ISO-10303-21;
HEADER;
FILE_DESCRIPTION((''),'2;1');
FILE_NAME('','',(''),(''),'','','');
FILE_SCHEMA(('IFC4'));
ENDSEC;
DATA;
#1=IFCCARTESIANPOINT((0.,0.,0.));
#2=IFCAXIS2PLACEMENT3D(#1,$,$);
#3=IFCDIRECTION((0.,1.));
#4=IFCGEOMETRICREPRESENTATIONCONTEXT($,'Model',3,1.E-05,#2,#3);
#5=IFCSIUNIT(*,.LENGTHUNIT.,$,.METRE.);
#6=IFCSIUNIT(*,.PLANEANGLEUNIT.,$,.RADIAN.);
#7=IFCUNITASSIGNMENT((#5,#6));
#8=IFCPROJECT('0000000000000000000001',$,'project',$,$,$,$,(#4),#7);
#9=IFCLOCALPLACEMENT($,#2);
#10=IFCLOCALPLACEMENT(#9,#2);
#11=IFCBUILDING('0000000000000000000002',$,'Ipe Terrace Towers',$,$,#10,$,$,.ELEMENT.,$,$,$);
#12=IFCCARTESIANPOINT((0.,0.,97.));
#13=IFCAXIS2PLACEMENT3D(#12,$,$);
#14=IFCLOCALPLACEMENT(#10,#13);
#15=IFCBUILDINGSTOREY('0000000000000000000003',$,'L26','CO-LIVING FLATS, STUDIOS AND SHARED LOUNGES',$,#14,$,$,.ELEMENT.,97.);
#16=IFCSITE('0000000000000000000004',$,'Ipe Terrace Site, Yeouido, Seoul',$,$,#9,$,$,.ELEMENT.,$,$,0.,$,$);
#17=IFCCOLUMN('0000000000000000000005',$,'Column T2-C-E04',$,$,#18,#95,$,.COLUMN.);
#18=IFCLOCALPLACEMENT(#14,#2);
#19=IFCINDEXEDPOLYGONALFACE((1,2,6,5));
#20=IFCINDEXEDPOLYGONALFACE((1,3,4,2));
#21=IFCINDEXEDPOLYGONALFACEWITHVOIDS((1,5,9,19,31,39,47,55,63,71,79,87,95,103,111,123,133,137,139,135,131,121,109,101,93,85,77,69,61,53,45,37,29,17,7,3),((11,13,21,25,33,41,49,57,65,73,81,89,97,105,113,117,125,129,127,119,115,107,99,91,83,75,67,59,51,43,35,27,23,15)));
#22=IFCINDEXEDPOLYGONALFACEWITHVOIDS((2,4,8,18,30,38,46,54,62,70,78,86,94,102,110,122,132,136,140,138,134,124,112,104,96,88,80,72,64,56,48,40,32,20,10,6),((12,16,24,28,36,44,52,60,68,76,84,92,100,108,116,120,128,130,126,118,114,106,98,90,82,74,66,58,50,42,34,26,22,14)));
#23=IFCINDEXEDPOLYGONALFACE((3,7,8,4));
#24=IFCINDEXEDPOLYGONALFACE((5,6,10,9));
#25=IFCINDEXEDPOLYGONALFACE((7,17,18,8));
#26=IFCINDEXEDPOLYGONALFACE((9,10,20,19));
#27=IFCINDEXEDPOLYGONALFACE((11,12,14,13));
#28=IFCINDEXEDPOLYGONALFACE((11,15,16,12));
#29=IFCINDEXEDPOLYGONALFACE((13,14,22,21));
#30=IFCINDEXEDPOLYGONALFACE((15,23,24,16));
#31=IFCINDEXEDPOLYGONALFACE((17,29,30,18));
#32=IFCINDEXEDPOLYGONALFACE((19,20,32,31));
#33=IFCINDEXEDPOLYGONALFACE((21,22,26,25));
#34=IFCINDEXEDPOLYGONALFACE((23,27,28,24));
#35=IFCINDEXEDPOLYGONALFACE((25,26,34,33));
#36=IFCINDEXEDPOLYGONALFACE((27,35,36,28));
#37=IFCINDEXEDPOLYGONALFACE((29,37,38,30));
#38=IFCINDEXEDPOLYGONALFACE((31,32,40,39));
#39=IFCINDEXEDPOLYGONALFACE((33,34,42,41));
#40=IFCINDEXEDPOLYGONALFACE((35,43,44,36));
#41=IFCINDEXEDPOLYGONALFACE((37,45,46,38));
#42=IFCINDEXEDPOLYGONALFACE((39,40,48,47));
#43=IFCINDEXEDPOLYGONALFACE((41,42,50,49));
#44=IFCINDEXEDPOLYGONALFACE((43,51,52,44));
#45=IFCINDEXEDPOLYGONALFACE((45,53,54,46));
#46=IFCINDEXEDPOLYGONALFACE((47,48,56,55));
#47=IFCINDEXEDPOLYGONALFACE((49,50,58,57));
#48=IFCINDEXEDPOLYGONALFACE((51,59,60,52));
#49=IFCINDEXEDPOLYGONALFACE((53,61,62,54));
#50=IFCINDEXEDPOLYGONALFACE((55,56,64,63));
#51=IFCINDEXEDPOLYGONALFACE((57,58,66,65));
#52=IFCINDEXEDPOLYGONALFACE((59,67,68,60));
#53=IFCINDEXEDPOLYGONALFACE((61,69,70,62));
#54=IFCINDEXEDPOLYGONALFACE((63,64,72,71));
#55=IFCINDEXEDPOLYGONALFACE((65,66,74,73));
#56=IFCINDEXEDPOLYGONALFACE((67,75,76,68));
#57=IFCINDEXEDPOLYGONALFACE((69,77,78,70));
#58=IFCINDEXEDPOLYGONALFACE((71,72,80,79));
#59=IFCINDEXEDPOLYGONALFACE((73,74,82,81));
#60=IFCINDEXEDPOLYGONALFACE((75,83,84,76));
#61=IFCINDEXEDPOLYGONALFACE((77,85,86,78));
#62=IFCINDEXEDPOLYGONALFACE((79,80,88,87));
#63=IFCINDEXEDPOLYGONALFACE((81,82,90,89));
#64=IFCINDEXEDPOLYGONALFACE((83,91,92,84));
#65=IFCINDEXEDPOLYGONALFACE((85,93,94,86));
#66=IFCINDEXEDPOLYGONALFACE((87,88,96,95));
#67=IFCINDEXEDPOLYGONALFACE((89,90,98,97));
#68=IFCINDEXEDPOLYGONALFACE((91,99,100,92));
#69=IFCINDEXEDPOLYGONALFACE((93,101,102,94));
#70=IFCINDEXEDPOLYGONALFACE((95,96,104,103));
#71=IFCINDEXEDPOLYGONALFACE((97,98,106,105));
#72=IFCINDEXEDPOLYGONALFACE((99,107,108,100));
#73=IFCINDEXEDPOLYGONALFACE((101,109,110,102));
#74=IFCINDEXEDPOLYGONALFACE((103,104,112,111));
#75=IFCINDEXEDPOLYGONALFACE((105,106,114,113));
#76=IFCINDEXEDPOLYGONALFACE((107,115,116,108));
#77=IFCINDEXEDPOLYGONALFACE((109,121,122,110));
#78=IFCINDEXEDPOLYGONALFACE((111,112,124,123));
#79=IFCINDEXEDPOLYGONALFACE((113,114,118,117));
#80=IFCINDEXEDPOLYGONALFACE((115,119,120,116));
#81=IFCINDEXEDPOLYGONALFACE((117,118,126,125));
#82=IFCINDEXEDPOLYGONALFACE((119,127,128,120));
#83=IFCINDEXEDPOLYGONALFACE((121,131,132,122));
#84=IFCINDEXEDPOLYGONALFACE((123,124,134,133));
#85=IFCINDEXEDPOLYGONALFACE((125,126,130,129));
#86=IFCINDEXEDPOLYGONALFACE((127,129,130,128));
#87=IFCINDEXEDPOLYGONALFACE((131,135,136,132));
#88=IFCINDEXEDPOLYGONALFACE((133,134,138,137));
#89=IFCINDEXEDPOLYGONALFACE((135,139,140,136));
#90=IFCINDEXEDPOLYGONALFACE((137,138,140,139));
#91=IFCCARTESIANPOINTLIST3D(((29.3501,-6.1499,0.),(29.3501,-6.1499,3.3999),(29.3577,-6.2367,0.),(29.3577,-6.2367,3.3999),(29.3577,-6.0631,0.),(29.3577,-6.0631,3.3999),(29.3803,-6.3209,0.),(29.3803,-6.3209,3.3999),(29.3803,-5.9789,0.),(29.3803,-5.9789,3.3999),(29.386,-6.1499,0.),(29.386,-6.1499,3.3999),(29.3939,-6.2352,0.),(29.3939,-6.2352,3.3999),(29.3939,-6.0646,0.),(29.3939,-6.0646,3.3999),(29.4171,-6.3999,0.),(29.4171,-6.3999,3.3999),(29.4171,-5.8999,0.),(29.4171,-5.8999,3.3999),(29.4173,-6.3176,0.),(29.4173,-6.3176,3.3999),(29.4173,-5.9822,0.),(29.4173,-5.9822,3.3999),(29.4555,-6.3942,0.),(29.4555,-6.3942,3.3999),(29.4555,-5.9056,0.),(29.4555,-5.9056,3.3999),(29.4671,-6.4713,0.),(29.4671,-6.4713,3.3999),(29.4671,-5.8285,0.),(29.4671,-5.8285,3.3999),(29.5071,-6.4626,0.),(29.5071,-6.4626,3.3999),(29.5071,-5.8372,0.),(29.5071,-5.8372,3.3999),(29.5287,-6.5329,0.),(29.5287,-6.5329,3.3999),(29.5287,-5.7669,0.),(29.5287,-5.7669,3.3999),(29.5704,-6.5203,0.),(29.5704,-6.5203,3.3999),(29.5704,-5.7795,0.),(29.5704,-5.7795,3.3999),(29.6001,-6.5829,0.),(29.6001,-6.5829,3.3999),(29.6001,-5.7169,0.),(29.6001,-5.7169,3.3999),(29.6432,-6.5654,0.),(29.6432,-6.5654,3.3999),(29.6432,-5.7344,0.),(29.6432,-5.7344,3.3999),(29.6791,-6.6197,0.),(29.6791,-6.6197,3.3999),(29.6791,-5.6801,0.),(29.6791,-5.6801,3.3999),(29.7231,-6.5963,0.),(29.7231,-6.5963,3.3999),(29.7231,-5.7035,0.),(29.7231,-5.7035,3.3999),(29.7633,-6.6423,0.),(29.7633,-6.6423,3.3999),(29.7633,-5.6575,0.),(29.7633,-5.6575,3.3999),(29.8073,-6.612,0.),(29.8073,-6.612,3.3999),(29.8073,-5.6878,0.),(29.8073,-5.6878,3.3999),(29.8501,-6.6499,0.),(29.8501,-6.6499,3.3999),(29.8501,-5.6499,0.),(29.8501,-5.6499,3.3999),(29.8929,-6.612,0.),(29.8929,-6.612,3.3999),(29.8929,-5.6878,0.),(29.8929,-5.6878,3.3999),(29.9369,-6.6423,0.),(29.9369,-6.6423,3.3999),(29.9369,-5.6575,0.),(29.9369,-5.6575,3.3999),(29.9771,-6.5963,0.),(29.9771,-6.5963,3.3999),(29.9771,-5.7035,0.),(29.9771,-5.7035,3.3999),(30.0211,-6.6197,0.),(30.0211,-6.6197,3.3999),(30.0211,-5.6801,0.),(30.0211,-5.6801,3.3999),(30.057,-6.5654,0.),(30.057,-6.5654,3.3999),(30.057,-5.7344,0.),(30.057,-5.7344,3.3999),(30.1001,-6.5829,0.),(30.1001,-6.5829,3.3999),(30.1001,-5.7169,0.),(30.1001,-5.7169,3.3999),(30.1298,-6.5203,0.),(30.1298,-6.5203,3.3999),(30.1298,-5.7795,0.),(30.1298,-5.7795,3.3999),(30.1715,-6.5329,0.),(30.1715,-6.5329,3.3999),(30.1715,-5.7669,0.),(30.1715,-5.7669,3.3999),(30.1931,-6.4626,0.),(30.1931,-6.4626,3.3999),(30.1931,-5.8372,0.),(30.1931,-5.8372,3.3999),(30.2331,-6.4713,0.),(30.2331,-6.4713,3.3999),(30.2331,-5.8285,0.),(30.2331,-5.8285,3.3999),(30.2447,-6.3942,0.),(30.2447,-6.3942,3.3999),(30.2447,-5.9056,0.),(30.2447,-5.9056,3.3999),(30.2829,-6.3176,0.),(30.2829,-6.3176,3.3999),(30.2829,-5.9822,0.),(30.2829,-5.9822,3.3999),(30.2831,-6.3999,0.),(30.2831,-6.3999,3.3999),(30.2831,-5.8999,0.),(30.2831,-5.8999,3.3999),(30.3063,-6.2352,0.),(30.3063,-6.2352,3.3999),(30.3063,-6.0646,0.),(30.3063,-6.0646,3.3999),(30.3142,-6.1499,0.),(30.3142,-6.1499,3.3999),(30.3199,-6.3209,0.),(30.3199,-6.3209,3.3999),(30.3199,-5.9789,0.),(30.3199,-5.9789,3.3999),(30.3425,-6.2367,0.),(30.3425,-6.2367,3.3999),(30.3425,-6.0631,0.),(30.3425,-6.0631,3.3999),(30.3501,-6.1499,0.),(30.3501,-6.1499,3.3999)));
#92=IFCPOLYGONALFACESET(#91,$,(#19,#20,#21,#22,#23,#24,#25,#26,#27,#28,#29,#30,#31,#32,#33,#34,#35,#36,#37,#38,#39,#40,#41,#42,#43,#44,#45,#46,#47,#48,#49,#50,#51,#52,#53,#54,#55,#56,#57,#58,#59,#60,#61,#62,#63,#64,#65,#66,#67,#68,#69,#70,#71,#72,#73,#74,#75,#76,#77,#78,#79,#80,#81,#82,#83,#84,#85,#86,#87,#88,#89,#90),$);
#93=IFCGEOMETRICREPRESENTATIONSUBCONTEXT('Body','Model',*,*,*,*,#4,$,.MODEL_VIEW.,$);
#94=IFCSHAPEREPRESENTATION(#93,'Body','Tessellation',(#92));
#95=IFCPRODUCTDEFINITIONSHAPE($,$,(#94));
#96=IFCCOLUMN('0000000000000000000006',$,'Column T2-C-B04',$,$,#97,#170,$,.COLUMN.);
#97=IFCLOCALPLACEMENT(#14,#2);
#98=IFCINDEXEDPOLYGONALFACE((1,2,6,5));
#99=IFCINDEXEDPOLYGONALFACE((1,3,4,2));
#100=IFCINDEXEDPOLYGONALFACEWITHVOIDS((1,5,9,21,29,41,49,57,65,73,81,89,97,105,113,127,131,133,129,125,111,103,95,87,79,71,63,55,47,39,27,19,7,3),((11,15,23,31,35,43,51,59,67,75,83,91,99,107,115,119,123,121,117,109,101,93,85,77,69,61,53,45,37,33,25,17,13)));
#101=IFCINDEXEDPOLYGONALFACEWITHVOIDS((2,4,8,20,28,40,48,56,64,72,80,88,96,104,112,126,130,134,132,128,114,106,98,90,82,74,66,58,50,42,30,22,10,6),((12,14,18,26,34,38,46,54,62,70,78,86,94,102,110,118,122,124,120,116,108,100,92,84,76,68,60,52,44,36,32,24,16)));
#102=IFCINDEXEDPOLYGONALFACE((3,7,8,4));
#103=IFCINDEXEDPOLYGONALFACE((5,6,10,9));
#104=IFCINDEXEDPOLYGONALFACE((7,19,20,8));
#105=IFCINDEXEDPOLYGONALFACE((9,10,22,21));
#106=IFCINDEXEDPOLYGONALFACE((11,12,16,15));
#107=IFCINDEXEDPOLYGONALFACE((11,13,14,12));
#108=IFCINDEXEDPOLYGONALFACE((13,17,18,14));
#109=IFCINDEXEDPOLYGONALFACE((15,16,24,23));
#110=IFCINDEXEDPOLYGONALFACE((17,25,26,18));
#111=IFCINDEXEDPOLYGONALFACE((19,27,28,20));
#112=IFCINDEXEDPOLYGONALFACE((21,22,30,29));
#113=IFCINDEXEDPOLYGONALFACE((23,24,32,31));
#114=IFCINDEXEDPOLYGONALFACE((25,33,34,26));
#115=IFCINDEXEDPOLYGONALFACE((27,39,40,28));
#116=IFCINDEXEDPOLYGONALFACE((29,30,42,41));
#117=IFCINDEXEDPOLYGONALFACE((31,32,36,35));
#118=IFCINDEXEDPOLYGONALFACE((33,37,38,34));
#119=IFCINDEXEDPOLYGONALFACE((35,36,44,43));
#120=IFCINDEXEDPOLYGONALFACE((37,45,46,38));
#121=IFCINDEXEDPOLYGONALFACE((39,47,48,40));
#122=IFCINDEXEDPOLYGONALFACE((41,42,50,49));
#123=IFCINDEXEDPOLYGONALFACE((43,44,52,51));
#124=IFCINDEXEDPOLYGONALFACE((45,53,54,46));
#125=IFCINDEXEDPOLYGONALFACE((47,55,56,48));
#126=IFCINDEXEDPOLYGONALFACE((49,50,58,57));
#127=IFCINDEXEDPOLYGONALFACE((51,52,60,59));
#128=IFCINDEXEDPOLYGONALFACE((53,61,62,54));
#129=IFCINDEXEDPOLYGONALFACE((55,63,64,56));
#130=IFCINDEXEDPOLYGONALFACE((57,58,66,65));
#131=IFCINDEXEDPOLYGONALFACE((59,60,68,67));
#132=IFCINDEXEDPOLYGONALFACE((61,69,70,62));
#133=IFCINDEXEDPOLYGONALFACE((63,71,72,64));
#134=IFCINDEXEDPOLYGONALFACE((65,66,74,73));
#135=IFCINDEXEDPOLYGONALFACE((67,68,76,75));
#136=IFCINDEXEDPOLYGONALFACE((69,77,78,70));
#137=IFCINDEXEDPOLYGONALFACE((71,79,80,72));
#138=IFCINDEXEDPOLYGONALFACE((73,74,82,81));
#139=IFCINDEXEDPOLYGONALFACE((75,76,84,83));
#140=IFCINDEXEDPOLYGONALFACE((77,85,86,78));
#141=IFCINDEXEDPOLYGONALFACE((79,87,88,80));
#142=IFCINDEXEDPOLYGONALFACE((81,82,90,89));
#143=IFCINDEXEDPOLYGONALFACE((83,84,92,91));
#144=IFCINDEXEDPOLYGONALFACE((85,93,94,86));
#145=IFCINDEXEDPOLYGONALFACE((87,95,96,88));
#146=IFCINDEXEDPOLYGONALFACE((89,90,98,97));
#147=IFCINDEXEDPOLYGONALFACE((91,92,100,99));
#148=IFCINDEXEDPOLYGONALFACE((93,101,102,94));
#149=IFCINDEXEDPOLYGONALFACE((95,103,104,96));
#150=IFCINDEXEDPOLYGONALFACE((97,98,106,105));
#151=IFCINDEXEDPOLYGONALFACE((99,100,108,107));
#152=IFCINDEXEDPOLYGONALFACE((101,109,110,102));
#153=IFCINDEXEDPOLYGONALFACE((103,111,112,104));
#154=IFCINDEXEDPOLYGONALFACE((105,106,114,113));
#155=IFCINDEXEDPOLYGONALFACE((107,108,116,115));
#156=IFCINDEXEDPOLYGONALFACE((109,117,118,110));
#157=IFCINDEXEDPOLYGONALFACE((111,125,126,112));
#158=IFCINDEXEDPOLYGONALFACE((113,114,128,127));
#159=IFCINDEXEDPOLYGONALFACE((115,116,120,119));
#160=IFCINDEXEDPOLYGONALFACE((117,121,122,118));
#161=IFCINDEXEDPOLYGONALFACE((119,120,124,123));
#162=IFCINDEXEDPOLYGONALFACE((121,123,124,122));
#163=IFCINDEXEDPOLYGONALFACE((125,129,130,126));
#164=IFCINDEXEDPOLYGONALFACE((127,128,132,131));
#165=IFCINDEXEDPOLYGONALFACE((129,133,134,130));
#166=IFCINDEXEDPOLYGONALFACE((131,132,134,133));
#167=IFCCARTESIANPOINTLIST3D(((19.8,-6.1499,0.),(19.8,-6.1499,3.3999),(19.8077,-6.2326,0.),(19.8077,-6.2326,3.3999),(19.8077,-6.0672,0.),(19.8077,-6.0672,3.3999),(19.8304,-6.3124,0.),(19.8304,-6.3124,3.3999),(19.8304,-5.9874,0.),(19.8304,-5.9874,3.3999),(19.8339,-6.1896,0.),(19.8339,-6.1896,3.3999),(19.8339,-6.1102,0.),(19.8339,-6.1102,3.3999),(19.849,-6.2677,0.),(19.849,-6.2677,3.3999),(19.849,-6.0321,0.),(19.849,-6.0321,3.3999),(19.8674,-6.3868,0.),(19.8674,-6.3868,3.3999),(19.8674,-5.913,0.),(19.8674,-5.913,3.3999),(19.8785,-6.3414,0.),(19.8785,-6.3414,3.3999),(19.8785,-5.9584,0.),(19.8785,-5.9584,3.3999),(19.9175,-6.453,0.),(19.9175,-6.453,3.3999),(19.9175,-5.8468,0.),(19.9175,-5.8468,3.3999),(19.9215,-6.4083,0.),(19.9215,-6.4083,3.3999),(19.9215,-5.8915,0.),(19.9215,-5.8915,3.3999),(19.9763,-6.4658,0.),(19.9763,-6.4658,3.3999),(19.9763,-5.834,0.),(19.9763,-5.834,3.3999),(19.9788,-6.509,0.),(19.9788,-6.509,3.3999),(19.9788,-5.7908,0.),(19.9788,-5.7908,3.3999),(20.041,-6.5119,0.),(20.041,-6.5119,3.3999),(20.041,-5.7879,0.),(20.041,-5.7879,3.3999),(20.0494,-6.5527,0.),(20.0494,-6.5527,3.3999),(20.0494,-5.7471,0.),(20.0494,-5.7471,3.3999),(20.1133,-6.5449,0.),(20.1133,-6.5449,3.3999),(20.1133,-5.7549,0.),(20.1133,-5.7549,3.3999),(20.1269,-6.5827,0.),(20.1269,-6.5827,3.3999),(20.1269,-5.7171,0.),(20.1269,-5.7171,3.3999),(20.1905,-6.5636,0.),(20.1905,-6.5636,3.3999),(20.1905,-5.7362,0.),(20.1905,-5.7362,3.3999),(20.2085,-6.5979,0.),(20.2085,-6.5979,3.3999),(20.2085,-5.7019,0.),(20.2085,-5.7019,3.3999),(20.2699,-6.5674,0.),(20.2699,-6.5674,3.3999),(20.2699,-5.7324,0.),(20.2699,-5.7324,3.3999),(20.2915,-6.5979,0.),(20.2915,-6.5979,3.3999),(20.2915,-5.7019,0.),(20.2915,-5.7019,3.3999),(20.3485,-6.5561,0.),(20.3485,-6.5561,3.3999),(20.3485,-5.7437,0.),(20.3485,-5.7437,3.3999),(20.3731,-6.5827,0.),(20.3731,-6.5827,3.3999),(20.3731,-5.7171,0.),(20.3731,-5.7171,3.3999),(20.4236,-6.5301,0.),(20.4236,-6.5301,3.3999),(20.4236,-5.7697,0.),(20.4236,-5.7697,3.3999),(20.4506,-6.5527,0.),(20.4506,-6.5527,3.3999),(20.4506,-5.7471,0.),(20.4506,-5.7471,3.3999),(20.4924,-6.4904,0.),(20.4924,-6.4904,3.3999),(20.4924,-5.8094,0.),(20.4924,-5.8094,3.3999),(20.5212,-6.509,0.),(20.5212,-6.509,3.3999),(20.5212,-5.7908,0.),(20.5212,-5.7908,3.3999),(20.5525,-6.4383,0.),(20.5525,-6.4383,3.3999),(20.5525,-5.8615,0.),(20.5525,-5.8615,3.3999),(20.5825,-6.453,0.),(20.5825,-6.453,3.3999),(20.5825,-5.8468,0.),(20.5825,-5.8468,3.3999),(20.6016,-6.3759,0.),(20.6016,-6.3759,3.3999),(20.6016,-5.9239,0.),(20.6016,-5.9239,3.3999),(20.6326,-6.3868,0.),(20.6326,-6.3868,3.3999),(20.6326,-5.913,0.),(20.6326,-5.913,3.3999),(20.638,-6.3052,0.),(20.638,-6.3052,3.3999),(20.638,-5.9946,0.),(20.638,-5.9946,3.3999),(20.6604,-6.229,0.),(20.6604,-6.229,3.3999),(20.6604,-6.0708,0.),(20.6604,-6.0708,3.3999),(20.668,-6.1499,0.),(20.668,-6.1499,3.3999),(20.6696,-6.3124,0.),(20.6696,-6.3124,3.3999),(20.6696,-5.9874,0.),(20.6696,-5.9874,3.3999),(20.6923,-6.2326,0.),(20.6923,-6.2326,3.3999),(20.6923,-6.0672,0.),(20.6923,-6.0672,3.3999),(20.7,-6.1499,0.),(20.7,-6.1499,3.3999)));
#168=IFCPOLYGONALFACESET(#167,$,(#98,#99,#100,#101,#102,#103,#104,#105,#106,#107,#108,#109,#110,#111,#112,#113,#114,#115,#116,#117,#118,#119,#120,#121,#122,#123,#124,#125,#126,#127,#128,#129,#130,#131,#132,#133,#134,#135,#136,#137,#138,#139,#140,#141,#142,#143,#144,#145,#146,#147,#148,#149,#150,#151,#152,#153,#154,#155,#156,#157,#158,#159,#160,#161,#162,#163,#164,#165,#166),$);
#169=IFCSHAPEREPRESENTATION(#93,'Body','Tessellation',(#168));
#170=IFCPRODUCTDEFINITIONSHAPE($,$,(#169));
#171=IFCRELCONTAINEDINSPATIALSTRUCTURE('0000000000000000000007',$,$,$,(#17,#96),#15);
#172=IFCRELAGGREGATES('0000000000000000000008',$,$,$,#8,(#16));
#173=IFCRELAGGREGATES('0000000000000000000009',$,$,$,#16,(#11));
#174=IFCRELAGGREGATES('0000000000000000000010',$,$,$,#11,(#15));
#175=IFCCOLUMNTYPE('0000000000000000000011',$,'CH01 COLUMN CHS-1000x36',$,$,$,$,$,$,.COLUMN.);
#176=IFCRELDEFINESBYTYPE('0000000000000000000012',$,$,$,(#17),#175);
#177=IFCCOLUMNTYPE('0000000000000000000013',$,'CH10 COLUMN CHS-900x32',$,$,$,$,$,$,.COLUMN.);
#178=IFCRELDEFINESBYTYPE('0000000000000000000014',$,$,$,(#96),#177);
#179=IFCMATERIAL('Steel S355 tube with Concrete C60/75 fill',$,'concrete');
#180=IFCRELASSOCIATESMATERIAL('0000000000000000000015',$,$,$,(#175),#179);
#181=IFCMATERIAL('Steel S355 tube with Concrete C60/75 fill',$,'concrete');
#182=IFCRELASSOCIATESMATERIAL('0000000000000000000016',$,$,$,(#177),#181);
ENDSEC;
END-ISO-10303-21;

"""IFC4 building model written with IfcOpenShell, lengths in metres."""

from ifc_helpers import new_model, si_unit, direction, frame, origin, origin_2d, place, context, subcontext, project, spatial, hollow_circle, extrude, material, material_profile, profile_set, type_object, element, save


model = new_model("IFC4")

# Units and contexts
model_context = context("Model", 3, precision=1e-05, world=origin(), true_north=direction((0.0, 1.0)))
body_context = subcontext(model_context, "Body", "Model", "MODEL_VIEW")
ifc_project = project(units=[si_unit("LENGTHUNIT", "METRE"), si_unit("PLANEANGLEUNIT", "RADIAN")], contexts=[model_context])

# Site, building, storey
site_placement = place(None, origin())
site = spatial("IfcSite", under=ifc_project, at=site_placement, Name="Ipe Terrace Site, Yeouido, Seoul", CompositionType="ELEMENT", RefElevation=0.0)
building_placement = place(site_placement, origin())
building = spatial("IfcBuilding", under=site, at=building_placement, Name="Ipe Terrace Towers", CompositionType="ELEMENT")
storey_placement = place(building_placement, frame((0.0, 0.0, 97.0)))
storey = spatial("IfcBuildingStorey", under=building, at=storey_placement, Name="L26", Description="CO-LIVING FLATS, STUDIOS AND SHARED LOUNGES", CompositionType="ELEMENT", Elevation=97.0)

# Columns
ifc_material_1 = material(Name="Steel S355 tube with Concrete C60/75 fill", Category="concrete")
ifc_material_profile_1 = material_profile(ifc_material_1, hollow_circle(Radius=0.5, WallThickness=0.0359, at=origin_2d()), Name="CHS-1000x36")
ifc_profile_set_1 = profile_set([ifc_material_profile_1], Name="Steel S355 tube with Concrete C60/75 fill")
column_type_1 = type_object("IfcColumnType", Name="CH01 COLUMN CHS-1000x36", PredefinedType="COLUMN", material=ifc_profile_set_1)
column_placement = place(storey_placement, frame((29.8501, -6.1499, 0.0), z_axis=(0.0, 0.0, 1.0), x_axis=(1.0, 0.0, 0.0)))
element("IfcColumn", 1, at=column_placement, inside=storey, type_object=column_type_1, Name="Column T2-C-E04", PredefinedType="COLUMN", context=body_context, shape_type="SweptSolid", body=[
    extrude(hollow_circle(Radius=0.5, WallThickness=0.0359, at=origin_2d()), origin(), (0.0, 0.0, 1.0), 3.3999),
])
ifc_material_2 = material(Name="Steel S355 tube with Concrete C60/75 fill", Category="concrete")
ifc_material_profile_2 = material_profile(ifc_material_2, hollow_circle(Radius=0.45, WallThickness=0.032, at=origin_2d()), Name="CHS-900x32")
ifc_profile_set_2 = profile_set([ifc_material_profile_2], Name="Steel S355 tube with Concrete C60/75 fill")
column_type_2 = type_object("IfcColumnType", Name="CH10 COLUMN CHS-900x32", PredefinedType="COLUMN", material=ifc_profile_set_2)
for number, where, z_axis, x_axis, name in (
    (2, (20.25, -6.1499, 0.0), (0.0, 0.0, 1.0), (1.0, 0.0, 0.0), "Column T2-C-B04"),
):
    element("IfcColumn", number, at=place(storey_placement, frame(where, z_axis=z_axis, x_axis=x_axis)), inside=storey, type_object=column_type_2, Name=name, PredefinedType="COLUMN", context=body_context, shape_type="SweptSolid", body=[
        extrude(hollow_circle(Radius=0.45, WallThickness=0.032, at=origin_2d()), origin(), (0.0, 0.0, 1.0), 3.3999),
    ])

save(model, "model.ifc")
